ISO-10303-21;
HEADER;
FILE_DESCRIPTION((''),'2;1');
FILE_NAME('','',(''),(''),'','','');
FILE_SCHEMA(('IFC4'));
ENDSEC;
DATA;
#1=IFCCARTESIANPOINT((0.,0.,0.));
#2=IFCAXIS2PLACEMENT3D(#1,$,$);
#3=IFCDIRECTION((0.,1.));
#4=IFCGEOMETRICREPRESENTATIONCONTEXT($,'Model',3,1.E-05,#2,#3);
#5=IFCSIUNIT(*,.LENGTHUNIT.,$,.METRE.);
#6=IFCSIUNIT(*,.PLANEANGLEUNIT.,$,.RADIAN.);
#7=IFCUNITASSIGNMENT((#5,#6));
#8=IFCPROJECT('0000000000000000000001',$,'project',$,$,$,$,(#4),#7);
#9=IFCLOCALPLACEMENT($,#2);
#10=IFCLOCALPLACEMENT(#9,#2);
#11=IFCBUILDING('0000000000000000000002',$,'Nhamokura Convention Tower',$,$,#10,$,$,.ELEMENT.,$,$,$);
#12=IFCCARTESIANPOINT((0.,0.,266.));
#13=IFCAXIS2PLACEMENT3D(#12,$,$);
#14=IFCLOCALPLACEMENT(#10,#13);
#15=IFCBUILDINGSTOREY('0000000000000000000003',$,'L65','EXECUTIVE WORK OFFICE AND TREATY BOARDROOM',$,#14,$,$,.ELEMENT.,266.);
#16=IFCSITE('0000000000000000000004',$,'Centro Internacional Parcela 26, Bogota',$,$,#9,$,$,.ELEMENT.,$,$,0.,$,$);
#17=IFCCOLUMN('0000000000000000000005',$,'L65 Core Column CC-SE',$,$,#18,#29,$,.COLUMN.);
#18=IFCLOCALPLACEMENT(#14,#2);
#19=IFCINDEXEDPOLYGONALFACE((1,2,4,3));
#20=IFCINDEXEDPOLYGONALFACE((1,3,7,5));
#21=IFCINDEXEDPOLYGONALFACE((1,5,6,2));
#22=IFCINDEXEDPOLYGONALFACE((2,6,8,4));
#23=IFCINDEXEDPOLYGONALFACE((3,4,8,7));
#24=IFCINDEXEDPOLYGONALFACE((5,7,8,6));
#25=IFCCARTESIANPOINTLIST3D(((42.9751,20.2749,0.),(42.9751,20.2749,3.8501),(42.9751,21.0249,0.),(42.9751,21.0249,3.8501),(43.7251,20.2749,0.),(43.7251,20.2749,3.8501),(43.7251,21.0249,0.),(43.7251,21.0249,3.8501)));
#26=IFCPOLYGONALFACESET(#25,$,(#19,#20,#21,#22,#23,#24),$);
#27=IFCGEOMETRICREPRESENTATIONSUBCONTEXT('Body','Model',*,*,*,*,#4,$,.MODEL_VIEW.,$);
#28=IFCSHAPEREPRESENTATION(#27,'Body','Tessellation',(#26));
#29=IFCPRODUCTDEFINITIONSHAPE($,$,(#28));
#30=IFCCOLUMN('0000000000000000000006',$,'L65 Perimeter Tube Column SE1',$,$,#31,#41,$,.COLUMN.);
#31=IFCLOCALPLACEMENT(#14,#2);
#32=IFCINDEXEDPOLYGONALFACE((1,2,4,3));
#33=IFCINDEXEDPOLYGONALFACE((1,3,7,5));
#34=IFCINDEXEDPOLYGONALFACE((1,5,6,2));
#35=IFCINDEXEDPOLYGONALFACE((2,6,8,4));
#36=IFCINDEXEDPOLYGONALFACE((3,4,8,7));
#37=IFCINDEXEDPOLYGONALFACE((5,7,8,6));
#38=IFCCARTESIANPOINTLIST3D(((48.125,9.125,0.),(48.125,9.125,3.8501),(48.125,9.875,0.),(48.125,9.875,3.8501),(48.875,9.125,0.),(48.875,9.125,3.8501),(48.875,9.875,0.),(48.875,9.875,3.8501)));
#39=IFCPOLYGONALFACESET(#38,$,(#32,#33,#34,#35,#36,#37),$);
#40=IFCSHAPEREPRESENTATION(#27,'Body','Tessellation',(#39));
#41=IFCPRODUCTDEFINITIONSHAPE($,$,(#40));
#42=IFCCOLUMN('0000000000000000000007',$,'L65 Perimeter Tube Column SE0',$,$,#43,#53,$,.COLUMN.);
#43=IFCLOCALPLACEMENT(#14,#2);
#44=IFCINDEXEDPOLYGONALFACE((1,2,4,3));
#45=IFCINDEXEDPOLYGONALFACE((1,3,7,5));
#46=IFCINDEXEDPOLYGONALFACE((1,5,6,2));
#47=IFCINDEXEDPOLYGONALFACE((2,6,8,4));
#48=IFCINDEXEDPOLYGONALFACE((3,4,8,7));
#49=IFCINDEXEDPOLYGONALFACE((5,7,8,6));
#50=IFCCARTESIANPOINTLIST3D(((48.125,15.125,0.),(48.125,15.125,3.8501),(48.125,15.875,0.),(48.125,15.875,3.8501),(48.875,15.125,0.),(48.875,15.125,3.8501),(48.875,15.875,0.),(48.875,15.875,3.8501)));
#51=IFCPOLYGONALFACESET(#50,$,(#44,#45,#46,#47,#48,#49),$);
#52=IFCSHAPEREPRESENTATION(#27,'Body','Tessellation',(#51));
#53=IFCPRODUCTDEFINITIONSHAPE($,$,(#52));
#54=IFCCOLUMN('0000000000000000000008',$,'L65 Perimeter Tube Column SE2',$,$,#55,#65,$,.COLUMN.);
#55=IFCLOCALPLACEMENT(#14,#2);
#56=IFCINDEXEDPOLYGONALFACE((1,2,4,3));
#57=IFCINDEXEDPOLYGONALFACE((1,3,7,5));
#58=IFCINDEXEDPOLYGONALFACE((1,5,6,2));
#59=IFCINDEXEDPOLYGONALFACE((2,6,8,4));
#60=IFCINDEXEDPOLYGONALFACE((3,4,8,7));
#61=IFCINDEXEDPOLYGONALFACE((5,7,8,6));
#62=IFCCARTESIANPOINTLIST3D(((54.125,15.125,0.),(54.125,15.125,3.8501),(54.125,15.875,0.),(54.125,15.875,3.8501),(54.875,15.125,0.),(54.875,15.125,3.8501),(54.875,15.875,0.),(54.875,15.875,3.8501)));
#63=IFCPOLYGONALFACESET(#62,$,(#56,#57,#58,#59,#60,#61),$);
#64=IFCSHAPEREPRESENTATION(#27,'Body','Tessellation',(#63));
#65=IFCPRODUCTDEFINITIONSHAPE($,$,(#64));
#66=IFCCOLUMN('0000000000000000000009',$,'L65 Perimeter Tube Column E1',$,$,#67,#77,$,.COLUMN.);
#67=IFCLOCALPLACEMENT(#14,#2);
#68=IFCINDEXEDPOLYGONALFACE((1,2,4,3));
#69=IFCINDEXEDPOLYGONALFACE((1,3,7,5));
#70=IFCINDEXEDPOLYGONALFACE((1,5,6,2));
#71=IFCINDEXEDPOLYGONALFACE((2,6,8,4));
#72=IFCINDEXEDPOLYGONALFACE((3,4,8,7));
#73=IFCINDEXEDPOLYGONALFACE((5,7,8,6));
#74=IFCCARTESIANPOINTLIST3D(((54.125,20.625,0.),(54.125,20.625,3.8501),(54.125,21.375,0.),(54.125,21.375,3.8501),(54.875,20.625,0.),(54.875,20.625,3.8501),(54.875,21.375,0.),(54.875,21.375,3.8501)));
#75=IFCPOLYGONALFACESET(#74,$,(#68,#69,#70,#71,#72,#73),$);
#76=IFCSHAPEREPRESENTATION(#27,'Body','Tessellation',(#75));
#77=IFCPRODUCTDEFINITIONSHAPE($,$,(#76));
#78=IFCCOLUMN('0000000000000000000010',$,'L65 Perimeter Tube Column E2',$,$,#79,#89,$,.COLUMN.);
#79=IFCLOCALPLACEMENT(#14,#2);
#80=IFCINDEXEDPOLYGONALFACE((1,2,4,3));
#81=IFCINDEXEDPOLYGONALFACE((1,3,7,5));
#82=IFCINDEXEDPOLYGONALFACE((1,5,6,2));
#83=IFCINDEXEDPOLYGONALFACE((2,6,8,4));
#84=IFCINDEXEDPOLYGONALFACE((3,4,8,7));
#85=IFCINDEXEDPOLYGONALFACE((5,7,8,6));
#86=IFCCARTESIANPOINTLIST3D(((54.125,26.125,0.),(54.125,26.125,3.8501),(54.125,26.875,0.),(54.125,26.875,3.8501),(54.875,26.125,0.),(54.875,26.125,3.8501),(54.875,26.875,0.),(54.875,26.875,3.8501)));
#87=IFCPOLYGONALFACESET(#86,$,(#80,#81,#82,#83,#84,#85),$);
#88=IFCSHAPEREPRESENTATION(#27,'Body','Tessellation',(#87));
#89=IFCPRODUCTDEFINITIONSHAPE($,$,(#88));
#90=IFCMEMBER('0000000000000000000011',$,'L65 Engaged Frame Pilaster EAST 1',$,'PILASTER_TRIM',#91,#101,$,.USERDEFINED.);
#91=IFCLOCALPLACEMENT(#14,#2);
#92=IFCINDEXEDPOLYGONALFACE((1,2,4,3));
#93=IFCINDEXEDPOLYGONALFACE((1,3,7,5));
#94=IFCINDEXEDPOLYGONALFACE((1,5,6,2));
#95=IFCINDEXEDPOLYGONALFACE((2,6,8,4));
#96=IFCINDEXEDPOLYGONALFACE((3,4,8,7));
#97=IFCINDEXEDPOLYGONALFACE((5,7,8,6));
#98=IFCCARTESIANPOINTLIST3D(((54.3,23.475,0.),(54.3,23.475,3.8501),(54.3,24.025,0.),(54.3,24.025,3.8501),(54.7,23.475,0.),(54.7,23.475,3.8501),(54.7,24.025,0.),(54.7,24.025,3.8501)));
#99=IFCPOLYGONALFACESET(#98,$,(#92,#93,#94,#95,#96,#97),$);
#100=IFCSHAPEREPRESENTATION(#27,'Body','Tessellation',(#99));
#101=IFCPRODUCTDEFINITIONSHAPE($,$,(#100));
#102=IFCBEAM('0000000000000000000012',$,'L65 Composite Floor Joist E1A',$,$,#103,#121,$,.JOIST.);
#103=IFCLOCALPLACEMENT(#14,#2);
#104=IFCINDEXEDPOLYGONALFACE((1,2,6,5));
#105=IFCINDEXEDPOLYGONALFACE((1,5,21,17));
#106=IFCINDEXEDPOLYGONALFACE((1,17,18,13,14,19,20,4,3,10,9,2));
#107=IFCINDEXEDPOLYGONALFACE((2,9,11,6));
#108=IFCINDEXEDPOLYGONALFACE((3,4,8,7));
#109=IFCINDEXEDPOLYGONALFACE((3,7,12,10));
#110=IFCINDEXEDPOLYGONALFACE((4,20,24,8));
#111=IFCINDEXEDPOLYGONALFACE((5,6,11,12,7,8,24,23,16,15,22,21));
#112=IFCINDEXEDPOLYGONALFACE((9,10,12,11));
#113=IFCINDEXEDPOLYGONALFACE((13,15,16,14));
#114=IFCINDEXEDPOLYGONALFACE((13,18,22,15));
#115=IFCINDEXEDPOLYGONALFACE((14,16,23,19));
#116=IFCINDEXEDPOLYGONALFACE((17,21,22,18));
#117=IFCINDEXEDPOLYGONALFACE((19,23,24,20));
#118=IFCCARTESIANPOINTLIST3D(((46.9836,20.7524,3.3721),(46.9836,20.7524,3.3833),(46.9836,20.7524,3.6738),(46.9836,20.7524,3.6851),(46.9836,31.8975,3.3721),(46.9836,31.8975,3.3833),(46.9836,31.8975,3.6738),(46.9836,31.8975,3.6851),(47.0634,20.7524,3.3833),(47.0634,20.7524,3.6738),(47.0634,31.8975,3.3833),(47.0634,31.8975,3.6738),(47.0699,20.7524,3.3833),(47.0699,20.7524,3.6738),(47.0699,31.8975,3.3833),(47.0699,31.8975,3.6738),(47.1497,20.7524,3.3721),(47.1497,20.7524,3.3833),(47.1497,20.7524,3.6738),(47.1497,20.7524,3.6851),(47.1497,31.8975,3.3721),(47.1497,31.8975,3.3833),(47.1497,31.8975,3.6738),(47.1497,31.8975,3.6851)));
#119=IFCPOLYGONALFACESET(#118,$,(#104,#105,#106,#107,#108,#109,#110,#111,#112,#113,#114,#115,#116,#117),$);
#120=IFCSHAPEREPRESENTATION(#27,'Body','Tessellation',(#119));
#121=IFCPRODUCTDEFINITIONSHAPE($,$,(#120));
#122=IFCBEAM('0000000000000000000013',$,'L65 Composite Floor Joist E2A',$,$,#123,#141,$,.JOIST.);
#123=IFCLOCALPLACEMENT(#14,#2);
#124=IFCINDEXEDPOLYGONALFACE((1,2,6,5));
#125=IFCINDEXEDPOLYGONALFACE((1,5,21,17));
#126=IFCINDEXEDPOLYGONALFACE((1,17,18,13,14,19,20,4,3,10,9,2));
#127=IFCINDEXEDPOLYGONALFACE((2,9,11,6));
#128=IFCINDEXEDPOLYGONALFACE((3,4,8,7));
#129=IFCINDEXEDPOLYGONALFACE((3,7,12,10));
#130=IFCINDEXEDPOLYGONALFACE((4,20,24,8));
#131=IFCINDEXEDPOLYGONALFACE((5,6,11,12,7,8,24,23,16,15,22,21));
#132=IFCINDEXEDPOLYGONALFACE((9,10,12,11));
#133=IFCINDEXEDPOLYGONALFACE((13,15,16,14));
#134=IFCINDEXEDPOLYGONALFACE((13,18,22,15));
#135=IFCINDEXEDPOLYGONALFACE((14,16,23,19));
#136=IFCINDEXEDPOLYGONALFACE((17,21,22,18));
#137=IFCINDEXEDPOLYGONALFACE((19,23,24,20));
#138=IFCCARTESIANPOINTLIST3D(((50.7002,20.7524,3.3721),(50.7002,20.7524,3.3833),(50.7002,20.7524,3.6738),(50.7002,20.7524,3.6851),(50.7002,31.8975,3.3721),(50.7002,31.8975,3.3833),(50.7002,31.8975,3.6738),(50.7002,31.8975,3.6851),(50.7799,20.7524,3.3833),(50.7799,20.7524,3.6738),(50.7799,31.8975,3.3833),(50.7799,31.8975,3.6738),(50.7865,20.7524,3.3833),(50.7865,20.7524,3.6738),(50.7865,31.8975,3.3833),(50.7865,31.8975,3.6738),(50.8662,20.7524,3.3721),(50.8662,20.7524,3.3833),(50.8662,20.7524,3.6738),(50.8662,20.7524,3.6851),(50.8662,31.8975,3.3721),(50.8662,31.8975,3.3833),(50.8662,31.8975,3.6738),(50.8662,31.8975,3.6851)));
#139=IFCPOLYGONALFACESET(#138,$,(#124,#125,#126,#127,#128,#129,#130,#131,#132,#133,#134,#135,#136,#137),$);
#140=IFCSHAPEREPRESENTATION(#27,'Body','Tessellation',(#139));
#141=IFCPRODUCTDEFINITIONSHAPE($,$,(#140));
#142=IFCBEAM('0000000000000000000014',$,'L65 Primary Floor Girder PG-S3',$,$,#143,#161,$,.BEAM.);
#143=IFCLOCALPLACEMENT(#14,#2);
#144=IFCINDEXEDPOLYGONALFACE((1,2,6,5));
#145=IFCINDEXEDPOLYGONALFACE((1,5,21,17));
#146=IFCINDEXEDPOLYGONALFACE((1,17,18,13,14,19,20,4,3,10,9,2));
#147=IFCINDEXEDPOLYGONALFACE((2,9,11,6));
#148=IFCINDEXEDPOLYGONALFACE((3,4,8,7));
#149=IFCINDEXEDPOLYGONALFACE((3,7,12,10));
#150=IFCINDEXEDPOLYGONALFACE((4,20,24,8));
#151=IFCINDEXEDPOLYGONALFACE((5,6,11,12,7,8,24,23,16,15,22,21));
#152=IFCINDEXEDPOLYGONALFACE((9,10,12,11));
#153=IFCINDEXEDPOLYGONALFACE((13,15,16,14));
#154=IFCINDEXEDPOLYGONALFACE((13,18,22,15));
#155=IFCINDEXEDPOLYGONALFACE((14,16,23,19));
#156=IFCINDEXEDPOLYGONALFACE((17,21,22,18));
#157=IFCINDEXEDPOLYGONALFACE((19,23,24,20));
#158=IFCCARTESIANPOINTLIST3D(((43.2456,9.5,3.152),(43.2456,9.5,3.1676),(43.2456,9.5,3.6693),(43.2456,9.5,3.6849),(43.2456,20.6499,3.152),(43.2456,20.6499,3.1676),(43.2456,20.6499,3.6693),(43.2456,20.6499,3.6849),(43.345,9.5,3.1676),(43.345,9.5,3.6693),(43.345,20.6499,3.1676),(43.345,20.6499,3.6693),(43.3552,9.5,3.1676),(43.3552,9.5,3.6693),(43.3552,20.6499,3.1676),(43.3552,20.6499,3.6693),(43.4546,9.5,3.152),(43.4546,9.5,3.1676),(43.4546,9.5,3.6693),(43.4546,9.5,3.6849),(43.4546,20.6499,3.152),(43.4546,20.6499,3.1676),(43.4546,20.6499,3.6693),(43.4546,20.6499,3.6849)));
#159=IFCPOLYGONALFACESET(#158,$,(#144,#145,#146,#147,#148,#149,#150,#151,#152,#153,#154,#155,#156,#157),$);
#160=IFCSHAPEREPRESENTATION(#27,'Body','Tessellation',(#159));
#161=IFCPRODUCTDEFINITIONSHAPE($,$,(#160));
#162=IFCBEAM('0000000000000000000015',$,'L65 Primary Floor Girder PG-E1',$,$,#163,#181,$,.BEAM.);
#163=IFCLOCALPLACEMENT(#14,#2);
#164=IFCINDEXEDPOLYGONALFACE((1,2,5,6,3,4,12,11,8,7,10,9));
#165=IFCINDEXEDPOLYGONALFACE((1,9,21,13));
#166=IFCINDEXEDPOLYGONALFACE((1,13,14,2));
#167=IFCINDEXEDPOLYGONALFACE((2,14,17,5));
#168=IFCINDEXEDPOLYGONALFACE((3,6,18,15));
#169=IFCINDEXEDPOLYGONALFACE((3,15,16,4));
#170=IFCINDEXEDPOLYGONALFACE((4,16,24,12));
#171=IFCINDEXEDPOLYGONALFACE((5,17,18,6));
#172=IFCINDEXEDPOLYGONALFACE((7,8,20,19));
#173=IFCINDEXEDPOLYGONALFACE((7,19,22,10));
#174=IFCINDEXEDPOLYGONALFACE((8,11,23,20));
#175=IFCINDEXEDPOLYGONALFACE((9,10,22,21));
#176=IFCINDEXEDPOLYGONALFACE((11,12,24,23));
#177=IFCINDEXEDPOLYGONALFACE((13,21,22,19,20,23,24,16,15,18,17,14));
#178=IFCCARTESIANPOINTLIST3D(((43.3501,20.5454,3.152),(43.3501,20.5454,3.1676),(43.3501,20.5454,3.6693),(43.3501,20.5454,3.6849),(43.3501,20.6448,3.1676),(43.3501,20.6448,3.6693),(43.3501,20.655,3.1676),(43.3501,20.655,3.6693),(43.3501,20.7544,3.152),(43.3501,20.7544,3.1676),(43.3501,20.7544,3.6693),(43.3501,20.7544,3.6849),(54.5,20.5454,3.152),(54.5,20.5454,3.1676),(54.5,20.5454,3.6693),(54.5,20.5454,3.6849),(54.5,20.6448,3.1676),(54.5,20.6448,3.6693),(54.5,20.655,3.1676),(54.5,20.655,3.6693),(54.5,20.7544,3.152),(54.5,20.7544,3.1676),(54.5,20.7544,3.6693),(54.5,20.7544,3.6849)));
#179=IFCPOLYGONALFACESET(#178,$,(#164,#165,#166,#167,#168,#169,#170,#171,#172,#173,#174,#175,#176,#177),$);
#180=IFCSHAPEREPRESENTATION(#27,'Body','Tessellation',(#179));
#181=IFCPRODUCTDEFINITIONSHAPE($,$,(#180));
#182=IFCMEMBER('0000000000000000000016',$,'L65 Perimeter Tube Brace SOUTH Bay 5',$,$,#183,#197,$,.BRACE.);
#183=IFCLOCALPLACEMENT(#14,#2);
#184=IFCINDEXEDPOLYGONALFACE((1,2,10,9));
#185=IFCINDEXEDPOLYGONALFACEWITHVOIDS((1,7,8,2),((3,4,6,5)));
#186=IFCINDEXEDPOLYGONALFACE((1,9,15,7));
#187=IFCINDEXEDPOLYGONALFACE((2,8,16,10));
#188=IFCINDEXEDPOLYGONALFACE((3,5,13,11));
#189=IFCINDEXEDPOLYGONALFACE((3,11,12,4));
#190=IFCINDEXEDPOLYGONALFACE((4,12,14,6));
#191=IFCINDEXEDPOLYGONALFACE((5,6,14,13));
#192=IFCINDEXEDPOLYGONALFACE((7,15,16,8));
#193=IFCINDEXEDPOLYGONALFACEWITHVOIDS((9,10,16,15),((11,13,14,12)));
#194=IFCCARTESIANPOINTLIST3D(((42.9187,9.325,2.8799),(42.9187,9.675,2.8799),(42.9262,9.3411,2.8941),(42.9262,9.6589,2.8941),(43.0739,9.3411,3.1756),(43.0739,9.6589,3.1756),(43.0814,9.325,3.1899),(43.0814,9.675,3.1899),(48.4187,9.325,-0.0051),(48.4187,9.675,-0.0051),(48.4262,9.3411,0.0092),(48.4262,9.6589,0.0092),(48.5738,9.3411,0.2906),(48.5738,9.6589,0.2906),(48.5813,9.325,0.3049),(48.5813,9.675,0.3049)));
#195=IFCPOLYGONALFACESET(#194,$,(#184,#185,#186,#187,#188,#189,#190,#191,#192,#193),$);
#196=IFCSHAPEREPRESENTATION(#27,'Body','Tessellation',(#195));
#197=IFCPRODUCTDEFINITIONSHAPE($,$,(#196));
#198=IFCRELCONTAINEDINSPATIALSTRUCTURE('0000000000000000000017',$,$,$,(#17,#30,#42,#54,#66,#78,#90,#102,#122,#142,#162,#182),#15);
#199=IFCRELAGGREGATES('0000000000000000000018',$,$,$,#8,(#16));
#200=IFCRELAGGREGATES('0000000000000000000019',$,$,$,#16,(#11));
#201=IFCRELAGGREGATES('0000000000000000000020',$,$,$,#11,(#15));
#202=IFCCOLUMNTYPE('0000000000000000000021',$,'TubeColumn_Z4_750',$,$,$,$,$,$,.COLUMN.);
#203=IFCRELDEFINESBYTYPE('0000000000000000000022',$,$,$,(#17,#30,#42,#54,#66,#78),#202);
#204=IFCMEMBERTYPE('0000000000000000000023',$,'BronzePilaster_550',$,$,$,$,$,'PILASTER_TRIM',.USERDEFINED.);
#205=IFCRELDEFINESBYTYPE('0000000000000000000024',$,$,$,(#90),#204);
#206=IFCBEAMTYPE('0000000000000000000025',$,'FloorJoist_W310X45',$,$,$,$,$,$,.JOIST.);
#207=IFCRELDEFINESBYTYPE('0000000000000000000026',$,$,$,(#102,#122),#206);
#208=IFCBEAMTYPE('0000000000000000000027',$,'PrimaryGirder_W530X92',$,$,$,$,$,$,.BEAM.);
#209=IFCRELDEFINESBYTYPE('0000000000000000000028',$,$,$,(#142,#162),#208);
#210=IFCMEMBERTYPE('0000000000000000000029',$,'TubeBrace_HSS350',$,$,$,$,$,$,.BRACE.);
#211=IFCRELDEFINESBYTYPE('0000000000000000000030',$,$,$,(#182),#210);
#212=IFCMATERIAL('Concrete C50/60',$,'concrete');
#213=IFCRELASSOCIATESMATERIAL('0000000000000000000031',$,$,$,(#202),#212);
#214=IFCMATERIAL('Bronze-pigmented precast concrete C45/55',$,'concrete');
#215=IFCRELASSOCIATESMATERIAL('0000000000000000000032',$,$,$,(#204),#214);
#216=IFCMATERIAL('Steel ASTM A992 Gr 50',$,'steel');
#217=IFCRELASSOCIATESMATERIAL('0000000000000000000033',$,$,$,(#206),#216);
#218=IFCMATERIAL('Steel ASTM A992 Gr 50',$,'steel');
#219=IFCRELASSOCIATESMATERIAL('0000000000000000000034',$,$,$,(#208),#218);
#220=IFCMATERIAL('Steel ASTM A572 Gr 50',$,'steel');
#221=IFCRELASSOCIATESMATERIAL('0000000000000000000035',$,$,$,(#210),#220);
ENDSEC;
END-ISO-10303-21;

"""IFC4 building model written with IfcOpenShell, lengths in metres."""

from ifc_helpers import new_model, si_unit, direction, frame, origin, origin_2d, place, context, subcontext, project, spatial, rectangle, hollow_rectangle, i_section, extrude, material, material_profile, profile_set, type_object, element, save


model = new_model("IFC4")

# Units and contexts
model_context = context("Model", 3, precision=1e-05, world=origin(), true_north=direction((0.0, 1.0)))
body_context = subcontext(model_context, "Body", "Model", "MODEL_VIEW")
ifc_project = project(units=[si_unit("LENGTHUNIT", "METRE"), si_unit("PLANEANGLEUNIT", "RADIAN")], contexts=[model_context])

# Site, building, storey
site_placement = place(None, origin())
site = spatial("IfcSite", under=ifc_project, at=site_placement, Name="Centro Internacional Parcela 26, Bogota", CompositionType="ELEMENT", RefElevation=0.0)
building_placement = place(site_placement, origin())
building = spatial("IfcBuilding", under=site, at=building_placement, Name="Nhamokura Convention Tower", CompositionType="ELEMENT")
storey_placement = place(building_placement, frame((0.0, 0.0, 266.0)))
storey = spatial("IfcBuildingStorey", under=building, at=storey_placement, Name="L65", Description="EXECUTIVE WORK OFFICE AND TREATY BOARDROOM", CompositionType="ELEMENT", Elevation=266.0)

# Columns
ifc_material_1 = material(Name="Concrete C50/60", Category="concrete")
ifc_material_profile_1 = material_profile(ifc_material_1, rectangle(XDim=0.75, YDim=0.75, at=origin_2d()))
ifc_profile_set_1 = profile_set([ifc_material_profile_1], Name="Concrete C50/60")
column_type = type_object("IfcColumnType", Name="TubeColumn_Z4_750", PredefinedType="COLUMN", material=ifc_profile_set_1)
for number, where, z_axis, x_axis, name in (
    (1, (43.3501, 20.6499, 0.0), (0.0, 0.0, 1.0), (1.0, 0.0, 0.0), "L65 Core Column CC-SE"),
    (2, (48.5, 9.5, 0.0), (0.0, 0.0, 1.0), (1.0, 0.0, 0.0), "L65 Perimeter Tube Column SE1"),
    (3, (48.5, 15.5, 0.0), (0.0, 0.0, 1.0), (1.0, 0.0, 0.0), "L65 Perimeter Tube Column SE0"),
    (4, (54.5, 15.5, 0.0), (0.0, 0.0, 1.0), (1.0, 0.0, 0.0), "L65 Perimeter Tube Column SE2"),
    (5, (54.5, 21.0, 0.0), (0.0, 0.0, 1.0), (1.0, 0.0, 0.0), "L65 Perimeter Tube Column E1"),
    (6, (54.5, 26.5, 0.0), (0.0, 0.0, 1.0), (1.0, 0.0, 0.0), "L65 Perimeter Tube Column E2"),
):
    element("IfcColumn", number, at=place(storey_placement, frame(where, z_axis=z_axis, x_axis=x_axis)), inside=storey, type_object=column_type, Name=name, PredefinedType="COLUMN", context=body_context, shape_type="SweptSolid", body=[
        extrude(rectangle(XDim=0.75, YDim=0.75, at=origin_2d()), origin(), (0.0, 0.0, 1.0), 3.8501),
    ])

# Member
ifc_material_2 = material(Name="Bronze-pigmented precast concrete C45/55", Category="concrete")
ifc_material_profile_2 = material_profile(ifc_material_2, rectangle(XDim=0.3999, YDim=0.55, at=origin_2d()))
ifc_profile_set_2 = profile_set([ifc_material_profile_2], Name="Bronze-pigmented precast concrete C45/55")
member_type_1 = type_object("IfcMemberType", Name="BronzePilaster_550", ElementType="PILASTER_TRIM", PredefinedType="USERDEFINED", material=ifc_profile_set_2)
member_placement = place(storey_placement, frame((54.5, 23.75, 0.0), z_axis=(0.0, 0.0, 1.0), x_axis=(1.0, 0.0, 0.0)))
element("IfcMember", 7, at=member_placement, inside=storey, type_object=member_type_1, Name="L65 Engaged Frame Pilaster EAST 1", ObjectType="PILASTER_TRIM", PredefinedType="USERDEFINED", context=body_context, shape_type="SweptSolid", body=[
    extrude(rectangle(XDim=0.3999, YDim=0.55, at=origin_2d()), origin(), (0.0, 0.0, 1.0), 3.8501),
])

# Beams
ifc_material_3 = material(Name="Steel ASTM A992 Gr 50", Category="steel")
ifc_material_profile_3 = material_profile(ifc_material_3, i_section(OverallWidth=0.166, OverallDepth=0.313, WebThickness=0.0066, FlangeThickness=0.0112, at=origin_2d()))
ifc_profile_set_3 = profile_set([ifc_material_profile_3], Name="Steel ASTM A992 Gr 50")
beam_type_1 = type_object("IfcBeamType", Name="FloorJoist_W310X45", PredefinedType="JOIST", material=ifc_profile_set_3)
for number, where, z_axis, x_axis, name in (
    (8, (47.0667, 20.7524, 3.5286), (0.0, 1.0, 0.0), (-1.0, 0.0, 0.0), "L65 Composite Floor Joist E1A"),
    (9, (50.7832, 20.7524, 3.5286), (0.0, 1.0, 0.0), (-1.0, 0.0, 0.0), "L65 Composite Floor Joist E2A"),
):
    element("IfcBeam", number, at=place(storey_placement, frame(where, z_axis=z_axis, x_axis=x_axis)), inside=storey, type_object=beam_type_1, Name=name, PredefinedType="JOIST", context=body_context, shape_type="SweptSolid", body=[
        extrude(i_section(OverallWidth=0.166, OverallDepth=0.313, WebThickness=0.0066, FlangeThickness=0.0112, at=origin_2d()), origin(), (0.0, 0.0, 1.0), 11.145),
    ])
ifc_material_4 = material(Name="Steel ASTM A992 Gr 50", Category="steel")
ifc_material_profile_4 = material_profile(ifc_material_4, i_section(OverallWidth=0.209, OverallDepth=0.533, WebThickness=0.0103, FlangeThickness=0.0156, at=origin_2d()))
ifc_profile_set_4 = profile_set([ifc_material_profile_4], Name="Steel ASTM A992 Gr 50")
beam_type_2 = type_object("IfcBeamType", Name="PrimaryGirder_W530X92", PredefinedType="BEAM", material=ifc_profile_set_4)
for number, where, z_axis, x_axis, name in (
    (10, (43.3501, 9.5, 3.4185), (0.0, 1.0, 0.0), (-1.0, 0.0, 0.0), "L65 Primary Floor Girder PG-S3"),
    (11, (43.3501, 20.6499, 3.4185), (1.0, 0.0, 0.0), (0.0, 1.0, 0.0), "L65 Primary Floor Girder PG-E1"),
):
    element("IfcBeam", number, at=place(storey_placement, frame(where, z_axis=z_axis, x_axis=x_axis)), inside=storey, type_object=beam_type_2, Name=name, PredefinedType="BEAM", context=body_context, shape_type="SweptSolid", body=[
        extrude(i_section(OverallWidth=0.209, OverallDepth=0.533, WebThickness=0.0103, FlangeThickness=0.0156, at=origin_2d()), origin(), (0.0, 0.0, 1.0), 11.1499),
    ])

# Member
ifc_material_5 = material(Name="Steel ASTM A572 Gr 50", Category="steel")
ifc_material_profile_5 = material_profile(ifc_material_5, hollow_rectangle(XDim=0.3501, YDim=0.3501, WallThickness=0.0161, at=origin_2d()))
ifc_profile_set_5 = profile_set([ifc_material_profile_5], Name="Steel ASTM A572 Gr 50")
member_type_2 = type_object("IfcMemberType", Name="TubeBrace_HSS350", PredefinedType="BRACE", material=ifc_profile_set_5)
for number, where, z_axis, x_axis, name in (
    (12, (48.5, 9.5, 0.1499), (-0.885563, 0.0, 0.46452), (0.0, -1.0, 0.0), "L65 Perimeter Tube Brace SOUTH Bay 5"),
):
    element("IfcMember", number, at=place(storey_placement, frame(where, z_axis=z_axis, x_axis=x_axis)), inside=storey, type_object=member_type_2, Name=name, PredefinedType="BRACE", context=body_context, shape_type="SweptSolid", body=[
        extrude(hollow_rectangle(XDim=0.3501, YDim=0.3501, WallThickness=0.0161, at=origin_2d()), origin(), (0.0, 0.0, 1.0), 6.2107),
    ])

save(model, "model.ifc")
